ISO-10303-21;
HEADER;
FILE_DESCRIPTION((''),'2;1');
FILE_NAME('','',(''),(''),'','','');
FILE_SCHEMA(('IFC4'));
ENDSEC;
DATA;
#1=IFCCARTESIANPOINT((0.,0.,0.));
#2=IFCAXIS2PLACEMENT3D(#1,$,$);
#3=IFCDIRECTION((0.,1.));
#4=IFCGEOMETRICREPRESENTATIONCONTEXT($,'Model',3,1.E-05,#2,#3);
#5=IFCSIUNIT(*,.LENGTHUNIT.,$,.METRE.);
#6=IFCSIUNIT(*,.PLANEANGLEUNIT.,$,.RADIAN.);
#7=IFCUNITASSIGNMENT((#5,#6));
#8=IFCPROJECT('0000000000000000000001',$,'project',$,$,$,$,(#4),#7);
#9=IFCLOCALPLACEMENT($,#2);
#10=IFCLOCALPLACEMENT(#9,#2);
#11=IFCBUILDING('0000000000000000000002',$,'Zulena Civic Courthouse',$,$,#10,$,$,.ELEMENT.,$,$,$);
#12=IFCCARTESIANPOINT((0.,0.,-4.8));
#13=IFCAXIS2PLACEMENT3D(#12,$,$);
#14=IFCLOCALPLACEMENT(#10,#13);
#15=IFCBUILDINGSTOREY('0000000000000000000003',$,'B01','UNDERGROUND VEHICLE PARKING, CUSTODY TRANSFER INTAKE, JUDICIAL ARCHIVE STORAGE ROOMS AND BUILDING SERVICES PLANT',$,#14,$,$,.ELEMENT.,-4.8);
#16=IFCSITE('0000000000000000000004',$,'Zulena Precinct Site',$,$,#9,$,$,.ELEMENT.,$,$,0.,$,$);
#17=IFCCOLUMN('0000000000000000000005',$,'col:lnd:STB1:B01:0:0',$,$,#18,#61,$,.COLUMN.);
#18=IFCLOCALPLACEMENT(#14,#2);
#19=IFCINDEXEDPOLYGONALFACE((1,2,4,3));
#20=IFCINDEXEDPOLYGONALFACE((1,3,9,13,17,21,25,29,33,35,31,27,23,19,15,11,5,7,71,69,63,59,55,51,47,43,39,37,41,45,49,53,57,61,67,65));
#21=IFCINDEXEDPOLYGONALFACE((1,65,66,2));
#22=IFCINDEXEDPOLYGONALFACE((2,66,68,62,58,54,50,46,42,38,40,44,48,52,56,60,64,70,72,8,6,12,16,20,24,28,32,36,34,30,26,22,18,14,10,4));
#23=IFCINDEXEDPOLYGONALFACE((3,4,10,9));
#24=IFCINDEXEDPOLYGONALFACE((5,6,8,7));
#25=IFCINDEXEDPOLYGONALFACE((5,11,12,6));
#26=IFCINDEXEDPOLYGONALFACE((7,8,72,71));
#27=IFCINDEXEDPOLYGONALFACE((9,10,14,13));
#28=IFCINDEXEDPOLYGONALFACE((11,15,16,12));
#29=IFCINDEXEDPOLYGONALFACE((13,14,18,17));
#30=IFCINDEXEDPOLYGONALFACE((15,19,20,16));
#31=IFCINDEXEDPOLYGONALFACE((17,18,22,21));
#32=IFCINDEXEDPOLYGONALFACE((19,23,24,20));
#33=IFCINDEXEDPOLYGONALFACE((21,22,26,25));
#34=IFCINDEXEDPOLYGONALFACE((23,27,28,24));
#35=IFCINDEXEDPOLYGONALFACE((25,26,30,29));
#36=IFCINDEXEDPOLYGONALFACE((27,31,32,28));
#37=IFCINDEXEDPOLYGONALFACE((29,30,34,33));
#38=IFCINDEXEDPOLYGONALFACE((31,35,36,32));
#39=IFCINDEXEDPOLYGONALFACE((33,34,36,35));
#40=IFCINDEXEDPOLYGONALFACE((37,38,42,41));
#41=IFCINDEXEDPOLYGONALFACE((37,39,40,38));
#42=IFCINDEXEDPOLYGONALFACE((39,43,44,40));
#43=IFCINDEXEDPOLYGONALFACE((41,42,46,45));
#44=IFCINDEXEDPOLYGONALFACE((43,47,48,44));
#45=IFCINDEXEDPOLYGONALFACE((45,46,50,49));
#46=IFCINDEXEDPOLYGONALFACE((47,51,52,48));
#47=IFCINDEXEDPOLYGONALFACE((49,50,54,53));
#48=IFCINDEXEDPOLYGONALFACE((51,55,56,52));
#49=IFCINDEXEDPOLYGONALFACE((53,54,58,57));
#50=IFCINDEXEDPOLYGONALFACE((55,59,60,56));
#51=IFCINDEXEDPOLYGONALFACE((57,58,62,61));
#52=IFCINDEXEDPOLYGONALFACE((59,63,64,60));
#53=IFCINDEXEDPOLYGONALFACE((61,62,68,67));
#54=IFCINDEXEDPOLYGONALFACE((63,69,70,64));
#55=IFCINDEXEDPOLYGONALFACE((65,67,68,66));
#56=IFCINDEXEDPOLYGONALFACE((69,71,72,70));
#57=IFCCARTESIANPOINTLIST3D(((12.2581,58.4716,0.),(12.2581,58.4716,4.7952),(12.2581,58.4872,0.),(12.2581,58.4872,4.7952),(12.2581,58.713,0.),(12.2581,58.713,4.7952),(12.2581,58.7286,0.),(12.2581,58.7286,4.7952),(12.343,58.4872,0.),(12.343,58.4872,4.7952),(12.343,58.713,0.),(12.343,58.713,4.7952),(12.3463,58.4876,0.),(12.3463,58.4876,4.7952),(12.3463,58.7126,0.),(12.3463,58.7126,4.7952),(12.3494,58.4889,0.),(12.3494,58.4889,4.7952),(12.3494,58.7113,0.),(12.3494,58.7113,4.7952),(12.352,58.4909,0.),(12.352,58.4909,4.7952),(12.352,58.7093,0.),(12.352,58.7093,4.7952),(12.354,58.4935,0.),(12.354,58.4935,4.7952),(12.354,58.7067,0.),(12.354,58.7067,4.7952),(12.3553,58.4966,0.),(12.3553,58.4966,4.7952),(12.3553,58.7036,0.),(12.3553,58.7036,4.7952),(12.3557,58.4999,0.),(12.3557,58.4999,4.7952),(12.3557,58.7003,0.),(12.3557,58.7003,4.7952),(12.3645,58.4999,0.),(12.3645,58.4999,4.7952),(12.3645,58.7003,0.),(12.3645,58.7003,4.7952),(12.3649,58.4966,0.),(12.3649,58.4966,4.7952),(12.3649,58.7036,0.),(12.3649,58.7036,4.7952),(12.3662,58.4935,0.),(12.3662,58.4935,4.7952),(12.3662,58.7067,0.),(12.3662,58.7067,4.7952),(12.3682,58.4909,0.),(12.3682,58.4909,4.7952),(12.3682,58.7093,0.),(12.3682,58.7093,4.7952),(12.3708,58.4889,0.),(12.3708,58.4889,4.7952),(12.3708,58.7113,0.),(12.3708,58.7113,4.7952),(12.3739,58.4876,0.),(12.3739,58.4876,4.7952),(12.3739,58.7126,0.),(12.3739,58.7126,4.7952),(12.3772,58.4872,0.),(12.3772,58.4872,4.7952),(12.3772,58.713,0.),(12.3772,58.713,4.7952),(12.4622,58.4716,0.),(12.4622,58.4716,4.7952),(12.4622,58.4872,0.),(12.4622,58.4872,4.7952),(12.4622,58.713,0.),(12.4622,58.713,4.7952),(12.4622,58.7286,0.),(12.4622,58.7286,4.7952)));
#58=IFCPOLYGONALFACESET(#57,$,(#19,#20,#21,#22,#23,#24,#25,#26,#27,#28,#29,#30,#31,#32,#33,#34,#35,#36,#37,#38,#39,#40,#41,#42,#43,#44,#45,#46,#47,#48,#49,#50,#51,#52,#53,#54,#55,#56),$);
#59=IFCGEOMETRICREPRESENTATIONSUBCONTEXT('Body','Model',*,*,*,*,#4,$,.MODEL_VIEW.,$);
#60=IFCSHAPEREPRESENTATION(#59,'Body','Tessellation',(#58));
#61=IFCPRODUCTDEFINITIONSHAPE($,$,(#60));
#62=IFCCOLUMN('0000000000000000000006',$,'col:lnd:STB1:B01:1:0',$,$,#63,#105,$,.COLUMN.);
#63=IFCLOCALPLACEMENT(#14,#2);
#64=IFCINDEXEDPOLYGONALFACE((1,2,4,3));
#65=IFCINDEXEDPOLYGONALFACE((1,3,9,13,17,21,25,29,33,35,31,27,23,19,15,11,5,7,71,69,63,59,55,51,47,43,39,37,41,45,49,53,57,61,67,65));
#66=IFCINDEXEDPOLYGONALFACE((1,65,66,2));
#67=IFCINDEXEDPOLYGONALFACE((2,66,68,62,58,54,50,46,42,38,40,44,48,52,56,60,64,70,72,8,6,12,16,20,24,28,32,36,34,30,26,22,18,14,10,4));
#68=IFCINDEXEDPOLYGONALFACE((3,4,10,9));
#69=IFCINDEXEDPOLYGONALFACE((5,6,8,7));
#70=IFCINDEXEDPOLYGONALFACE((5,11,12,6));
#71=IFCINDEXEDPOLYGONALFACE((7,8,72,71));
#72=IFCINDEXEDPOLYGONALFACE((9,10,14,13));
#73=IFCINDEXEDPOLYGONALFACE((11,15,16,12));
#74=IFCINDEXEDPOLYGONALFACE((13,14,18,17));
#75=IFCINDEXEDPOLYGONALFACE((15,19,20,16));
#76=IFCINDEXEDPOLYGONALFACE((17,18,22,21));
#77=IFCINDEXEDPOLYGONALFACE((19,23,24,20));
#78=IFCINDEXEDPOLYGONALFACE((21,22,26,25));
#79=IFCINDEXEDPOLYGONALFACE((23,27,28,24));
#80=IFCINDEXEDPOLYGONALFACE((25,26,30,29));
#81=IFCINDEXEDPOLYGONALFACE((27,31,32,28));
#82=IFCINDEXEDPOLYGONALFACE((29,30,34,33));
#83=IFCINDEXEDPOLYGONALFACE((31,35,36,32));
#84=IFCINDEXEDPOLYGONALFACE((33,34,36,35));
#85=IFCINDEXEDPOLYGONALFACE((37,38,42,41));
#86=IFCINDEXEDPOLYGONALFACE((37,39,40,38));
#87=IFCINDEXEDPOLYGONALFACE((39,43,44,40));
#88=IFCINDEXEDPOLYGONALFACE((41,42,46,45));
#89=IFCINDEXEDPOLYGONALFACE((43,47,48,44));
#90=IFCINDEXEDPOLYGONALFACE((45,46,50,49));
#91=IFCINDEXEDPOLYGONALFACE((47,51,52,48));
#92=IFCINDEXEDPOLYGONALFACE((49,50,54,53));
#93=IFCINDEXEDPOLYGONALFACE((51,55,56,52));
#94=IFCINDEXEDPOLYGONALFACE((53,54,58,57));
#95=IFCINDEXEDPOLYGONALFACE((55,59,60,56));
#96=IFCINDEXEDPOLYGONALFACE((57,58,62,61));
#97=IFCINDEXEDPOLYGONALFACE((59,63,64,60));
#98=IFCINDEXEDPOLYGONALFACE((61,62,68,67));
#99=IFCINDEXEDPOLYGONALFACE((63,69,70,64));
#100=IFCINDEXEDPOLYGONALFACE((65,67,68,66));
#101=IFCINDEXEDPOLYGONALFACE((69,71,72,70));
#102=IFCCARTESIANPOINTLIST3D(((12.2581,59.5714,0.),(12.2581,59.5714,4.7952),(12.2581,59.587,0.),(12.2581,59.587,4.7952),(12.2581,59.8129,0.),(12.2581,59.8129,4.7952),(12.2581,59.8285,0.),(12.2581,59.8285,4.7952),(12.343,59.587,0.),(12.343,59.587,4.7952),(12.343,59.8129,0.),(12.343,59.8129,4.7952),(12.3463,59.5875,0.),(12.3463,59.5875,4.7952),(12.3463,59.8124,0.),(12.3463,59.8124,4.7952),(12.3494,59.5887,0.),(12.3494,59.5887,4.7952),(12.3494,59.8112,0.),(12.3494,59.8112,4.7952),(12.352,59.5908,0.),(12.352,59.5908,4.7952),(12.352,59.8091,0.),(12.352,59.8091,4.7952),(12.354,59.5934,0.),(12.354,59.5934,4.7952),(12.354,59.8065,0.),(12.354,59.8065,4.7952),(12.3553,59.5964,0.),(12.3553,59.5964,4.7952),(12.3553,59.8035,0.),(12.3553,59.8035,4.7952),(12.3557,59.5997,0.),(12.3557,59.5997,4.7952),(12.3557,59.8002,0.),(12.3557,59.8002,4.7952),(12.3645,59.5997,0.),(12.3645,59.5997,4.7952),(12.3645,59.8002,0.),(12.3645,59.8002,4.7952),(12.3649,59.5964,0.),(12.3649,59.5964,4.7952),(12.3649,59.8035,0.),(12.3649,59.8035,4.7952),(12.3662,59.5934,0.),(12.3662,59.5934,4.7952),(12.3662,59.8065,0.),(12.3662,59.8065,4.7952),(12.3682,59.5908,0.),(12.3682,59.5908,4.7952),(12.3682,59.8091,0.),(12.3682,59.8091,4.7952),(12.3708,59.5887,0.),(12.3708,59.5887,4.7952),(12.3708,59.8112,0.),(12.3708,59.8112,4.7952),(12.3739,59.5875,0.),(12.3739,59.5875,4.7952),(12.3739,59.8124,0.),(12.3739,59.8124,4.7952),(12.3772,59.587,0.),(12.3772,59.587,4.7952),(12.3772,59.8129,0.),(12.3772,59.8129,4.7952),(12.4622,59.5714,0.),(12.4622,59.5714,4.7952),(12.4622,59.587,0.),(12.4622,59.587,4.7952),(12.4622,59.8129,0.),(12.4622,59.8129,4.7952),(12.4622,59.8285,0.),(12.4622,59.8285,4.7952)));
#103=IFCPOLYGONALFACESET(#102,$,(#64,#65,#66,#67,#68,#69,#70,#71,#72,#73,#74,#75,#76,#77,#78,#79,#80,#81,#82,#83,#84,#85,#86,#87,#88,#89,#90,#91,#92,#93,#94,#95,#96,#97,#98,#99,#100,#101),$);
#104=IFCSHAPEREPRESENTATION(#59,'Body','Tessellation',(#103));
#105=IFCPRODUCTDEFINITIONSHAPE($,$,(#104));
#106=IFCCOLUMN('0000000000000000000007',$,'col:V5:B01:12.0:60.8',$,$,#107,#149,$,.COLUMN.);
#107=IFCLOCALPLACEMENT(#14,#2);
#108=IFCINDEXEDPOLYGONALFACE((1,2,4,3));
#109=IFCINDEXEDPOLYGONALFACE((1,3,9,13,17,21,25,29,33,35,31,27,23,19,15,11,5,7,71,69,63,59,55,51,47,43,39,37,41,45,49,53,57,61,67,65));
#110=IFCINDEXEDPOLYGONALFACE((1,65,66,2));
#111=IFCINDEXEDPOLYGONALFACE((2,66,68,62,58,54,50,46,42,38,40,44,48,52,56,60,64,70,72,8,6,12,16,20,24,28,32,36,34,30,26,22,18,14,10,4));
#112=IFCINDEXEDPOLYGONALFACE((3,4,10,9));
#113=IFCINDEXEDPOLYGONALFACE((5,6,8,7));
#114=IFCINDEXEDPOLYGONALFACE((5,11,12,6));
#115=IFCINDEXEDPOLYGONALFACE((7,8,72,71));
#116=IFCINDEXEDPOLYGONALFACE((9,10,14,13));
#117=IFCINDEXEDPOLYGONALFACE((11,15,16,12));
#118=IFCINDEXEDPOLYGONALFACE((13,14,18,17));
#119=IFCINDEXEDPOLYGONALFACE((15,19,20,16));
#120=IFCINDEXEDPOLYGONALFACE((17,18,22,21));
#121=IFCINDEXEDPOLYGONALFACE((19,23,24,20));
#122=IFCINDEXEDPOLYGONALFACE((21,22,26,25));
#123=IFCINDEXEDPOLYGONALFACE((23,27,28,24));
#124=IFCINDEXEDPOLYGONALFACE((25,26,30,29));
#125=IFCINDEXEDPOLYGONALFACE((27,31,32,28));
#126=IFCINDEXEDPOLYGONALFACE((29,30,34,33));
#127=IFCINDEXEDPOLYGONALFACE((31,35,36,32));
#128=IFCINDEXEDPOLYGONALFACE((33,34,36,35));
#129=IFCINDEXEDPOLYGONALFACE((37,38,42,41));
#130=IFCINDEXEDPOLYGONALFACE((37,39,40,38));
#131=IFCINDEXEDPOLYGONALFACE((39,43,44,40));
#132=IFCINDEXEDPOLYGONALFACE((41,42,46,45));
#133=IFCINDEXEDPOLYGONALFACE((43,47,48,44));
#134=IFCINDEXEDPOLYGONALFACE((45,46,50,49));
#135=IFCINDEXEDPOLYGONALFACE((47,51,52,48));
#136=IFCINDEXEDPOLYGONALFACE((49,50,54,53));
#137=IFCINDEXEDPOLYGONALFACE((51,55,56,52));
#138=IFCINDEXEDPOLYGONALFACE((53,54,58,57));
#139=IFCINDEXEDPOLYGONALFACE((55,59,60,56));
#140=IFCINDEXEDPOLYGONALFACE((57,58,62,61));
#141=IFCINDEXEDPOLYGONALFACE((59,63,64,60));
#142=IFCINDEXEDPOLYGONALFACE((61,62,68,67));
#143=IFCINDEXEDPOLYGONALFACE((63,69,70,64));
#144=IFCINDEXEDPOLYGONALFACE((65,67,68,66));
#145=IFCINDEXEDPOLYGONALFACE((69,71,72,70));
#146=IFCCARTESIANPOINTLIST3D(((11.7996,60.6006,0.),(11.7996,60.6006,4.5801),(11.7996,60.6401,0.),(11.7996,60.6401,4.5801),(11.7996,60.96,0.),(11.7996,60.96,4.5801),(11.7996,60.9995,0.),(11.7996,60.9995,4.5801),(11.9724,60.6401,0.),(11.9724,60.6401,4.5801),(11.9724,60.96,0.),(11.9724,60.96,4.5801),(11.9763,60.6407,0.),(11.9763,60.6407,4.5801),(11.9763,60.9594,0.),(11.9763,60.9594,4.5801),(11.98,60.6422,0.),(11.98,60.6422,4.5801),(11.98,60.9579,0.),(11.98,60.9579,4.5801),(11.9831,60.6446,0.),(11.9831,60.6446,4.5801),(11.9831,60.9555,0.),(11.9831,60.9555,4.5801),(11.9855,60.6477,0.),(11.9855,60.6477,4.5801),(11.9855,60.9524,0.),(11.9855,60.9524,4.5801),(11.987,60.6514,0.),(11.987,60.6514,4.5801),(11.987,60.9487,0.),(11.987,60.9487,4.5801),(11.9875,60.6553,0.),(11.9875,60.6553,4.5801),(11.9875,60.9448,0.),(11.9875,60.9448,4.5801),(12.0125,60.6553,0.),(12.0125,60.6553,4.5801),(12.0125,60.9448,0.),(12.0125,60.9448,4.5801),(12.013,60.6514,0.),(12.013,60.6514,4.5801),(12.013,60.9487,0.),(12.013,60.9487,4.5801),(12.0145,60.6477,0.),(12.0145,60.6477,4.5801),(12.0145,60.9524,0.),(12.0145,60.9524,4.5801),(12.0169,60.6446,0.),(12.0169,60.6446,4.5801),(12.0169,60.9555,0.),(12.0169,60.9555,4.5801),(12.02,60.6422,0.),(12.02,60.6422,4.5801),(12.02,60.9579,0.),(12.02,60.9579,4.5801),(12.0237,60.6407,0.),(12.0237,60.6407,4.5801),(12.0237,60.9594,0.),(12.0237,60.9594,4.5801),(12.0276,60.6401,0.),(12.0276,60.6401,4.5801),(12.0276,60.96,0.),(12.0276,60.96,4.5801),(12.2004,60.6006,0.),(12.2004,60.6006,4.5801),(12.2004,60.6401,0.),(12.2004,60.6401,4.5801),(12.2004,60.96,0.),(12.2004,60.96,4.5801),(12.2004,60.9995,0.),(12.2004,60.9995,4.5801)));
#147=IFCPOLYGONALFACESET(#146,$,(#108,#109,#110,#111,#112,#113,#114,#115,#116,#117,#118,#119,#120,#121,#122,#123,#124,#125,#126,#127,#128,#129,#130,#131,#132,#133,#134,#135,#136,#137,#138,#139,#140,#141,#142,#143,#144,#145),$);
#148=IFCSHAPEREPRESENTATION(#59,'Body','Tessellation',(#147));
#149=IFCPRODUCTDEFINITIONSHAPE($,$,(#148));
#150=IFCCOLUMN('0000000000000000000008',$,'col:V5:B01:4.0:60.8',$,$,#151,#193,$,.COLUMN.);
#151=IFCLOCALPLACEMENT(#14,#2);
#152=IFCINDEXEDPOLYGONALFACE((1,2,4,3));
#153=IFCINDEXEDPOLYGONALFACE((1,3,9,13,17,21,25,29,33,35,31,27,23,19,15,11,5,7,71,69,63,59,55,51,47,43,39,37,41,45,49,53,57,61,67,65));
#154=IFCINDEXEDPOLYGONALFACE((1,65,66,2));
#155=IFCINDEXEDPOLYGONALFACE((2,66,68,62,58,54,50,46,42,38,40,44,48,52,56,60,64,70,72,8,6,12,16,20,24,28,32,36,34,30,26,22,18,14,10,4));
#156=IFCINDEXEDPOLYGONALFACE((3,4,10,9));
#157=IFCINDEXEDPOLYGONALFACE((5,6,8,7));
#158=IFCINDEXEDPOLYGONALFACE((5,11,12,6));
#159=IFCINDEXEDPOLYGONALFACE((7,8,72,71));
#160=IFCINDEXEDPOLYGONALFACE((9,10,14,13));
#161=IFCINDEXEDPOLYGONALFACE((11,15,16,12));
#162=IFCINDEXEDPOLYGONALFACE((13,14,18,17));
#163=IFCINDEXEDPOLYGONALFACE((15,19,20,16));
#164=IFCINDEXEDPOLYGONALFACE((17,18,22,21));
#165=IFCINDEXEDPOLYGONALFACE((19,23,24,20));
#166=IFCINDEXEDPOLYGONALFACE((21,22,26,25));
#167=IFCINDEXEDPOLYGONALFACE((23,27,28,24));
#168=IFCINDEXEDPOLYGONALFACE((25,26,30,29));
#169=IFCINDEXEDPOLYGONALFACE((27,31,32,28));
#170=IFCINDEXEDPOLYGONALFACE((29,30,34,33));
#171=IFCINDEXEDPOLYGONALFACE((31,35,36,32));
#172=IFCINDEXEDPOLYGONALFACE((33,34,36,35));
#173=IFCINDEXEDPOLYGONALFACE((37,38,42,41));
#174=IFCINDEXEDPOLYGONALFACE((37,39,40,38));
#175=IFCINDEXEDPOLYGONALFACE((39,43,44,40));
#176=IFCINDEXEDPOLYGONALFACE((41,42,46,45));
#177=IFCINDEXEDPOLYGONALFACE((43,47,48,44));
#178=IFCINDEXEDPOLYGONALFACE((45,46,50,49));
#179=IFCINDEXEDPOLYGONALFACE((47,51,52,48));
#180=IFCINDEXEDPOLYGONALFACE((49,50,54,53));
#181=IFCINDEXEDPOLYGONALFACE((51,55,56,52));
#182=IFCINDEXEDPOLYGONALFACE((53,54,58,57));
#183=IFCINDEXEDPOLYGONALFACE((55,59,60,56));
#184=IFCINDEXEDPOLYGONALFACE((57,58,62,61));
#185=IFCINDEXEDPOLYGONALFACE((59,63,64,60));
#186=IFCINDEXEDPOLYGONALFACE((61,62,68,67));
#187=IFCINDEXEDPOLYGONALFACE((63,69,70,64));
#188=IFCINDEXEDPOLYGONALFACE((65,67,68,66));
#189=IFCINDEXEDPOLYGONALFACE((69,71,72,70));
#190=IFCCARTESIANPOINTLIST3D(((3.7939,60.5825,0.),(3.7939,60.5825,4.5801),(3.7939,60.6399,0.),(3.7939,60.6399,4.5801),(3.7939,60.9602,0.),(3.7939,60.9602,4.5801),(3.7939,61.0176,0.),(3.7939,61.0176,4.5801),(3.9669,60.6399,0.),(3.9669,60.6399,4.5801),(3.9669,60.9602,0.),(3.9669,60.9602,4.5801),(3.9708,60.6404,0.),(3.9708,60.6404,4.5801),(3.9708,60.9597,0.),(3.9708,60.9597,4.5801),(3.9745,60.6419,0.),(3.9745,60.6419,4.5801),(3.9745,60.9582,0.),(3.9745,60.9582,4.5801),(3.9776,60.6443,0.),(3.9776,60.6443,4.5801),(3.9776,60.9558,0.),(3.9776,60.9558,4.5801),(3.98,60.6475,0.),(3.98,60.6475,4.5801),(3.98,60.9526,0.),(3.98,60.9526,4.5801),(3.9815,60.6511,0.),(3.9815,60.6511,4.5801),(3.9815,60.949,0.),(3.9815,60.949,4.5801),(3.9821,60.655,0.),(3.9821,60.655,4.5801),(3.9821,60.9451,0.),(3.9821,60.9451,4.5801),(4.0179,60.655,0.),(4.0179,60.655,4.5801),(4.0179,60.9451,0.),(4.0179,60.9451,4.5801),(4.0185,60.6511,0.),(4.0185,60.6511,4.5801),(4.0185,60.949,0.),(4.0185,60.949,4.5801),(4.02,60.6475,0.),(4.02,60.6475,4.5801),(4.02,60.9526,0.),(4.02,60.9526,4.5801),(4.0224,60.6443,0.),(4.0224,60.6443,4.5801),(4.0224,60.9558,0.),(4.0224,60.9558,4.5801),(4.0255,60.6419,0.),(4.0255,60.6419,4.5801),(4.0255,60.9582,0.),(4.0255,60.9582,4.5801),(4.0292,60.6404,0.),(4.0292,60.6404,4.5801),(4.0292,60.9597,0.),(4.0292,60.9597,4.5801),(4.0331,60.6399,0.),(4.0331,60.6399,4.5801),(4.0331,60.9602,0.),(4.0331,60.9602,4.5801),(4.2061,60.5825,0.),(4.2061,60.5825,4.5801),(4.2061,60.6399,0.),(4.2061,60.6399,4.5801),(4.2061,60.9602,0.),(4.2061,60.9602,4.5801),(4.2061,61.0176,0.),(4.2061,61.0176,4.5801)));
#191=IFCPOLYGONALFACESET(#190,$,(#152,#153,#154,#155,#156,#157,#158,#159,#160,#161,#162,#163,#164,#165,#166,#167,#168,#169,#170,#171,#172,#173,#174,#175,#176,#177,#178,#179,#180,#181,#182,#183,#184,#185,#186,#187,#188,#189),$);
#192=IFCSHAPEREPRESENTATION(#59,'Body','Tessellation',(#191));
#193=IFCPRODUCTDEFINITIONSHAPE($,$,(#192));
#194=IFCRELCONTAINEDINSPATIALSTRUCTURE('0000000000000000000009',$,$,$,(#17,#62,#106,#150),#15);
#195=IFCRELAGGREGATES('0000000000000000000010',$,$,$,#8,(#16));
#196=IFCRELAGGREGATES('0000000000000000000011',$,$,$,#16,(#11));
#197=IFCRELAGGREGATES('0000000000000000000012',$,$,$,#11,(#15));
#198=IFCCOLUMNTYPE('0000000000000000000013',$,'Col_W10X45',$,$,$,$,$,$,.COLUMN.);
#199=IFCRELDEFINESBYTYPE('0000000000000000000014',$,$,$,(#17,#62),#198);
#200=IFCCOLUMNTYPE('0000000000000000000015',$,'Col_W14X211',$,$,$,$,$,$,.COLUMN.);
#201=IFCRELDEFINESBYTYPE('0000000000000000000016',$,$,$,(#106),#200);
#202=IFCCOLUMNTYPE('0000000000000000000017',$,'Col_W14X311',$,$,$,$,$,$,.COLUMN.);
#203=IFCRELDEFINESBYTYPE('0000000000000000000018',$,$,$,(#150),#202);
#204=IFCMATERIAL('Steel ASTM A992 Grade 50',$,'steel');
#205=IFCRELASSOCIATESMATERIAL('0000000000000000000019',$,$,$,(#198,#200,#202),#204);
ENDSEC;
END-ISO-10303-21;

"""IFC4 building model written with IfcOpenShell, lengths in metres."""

from ifc_helpers import new_model, si_unit, direction, frame, origin, origin_2d, place, context, subcontext, project, spatial, i_section, extrude, material, material_profile, profile_set, type_object, element, save


model = new_model("IFC4")

# Units and contexts
model_context = context("Model", 3, precision=1e-05, world=origin(), true_north=direction((0.0, 1.0)))
body_context = subcontext(model_context, "Body", "Model", "MODEL_VIEW")
ifc_project = project(units=[si_unit("LENGTHUNIT", "METRE"), si_unit("PLANEANGLEUNIT", "RADIAN")], contexts=[model_context])

# Site, building, storey
site_placement = place(None, origin())
site = spatial("IfcSite", under=ifc_project, at=site_placement, Name="Zulena Precinct Site", CompositionType="ELEMENT", RefElevation=0.0)
building_placement = place(site_placement, origin())
building = spatial("IfcBuilding", under=site, at=building_placement, Name="Zulena Civic Courthouse", CompositionType="ELEMENT")
storey_placement = place(building_placement, frame((0.0, 0.0, -4.8)))
storey = spatial("IfcBuildingStorey", under=building, at=storey_placement, Name="B01", Description="UNDERGROUND VEHICLE PARKING, CUSTODY TRANSFER INTAKE, JUDICIAL ARCHIVE STORAGE ROOMS AND BUILDING SERVICES PLANT", CompositionType="ELEMENT", Elevation=-4.8)

# Columns
ifc_material_1 = material(Name="Steel ASTM A992 Grade 50", Category="steel")
ifc_material_profile_1 = material_profile(ifc_material_1, i_section(OverallWidth=0.2041, OverallDepth=0.2571, WebThickness=0.0088, FlangeThickness=0.0156, FilletRadius=0.0127, at=origin_2d()), Name="W10X45")
ifc_profile_set_1 = profile_set([ifc_material_profile_1], Name="Steel ASTM A992 Grade 50")
column_type_1 = type_object("IfcColumnType", Name="Col_W10X45", PredefinedType="COLUMN", material=ifc_profile_set_1)
for number, where, z_axis, x_axis, name in (
    (1, (12.3601, 58.6001, 0.0), (0.0, 0.0, 1.0), (1.0, 0.0, 0.0), "col:lnd:STB1:B01:0:0"),
    (2, (12.3601, 59.7, 0.0), (0.0, 0.0, 1.0), (1.0, 0.0, 0.0), "col:lnd:STB1:B01:1:0"),
):
    element("IfcColumn", number, at=place(storey_placement, frame(where, z_axis=z_axis, x_axis=x_axis)), inside=storey, type_object=column_type_1, Name=name, PredefinedType="COLUMN", context=body_context, shape_type="SweptSolid", body=[
        extrude(i_section(OverallWidth=0.2041, OverallDepth=0.2571, WebThickness=0.0088, FlangeThickness=0.0156, FilletRadius=0.0127, at=origin_2d()), origin(), (0.0, 0.0, 1.0), 4.7952),
    ])
ifc_material_profile_2 = material_profile(ifc_material_1, i_section(OverallWidth=0.4009, OverallDepth=0.3989, WebThickness=0.0249, FlangeThickness=0.0396, FilletRadius=0.0151, at=origin_2d()), Name="W14X211")
ifc_profile_set_2 = profile_set([ifc_material_profile_2], Name="Steel ASTM A992 Grade 50")
column_type_2 = type_object("IfcColumnType", Name="Col_W14X211", PredefinedType="COLUMN", material=ifc_profile_set_2)
column_1_placement = place(storey_placement, frame((12.0, 60.8, 0.0), z_axis=(0.0, 0.0, 1.0), x_axis=(1.0, 0.0, 0.0)))
element("IfcColumn", 3, at=column_1_placement, inside=storey, type_object=column_type_2, Name="col:V5:B01:12.0:60.8", PredefinedType="COLUMN", context=body_context, shape_type="SweptSolid", body=[
    extrude(i_section(OverallWidth=0.4009, OverallDepth=0.3989, WebThickness=0.0249, FlangeThickness=0.0396, FilletRadius=0.0151, at=origin_2d()), origin(), (0.0, 0.0, 1.0), 4.5801),
])
ifc_material_profile_3 = material_profile(ifc_material_1, i_section(OverallWidth=0.4121, OverallDepth=0.4351, WebThickness=0.0359, FlangeThickness=0.0574, FilletRadius=0.0151, at=origin_2d()), Name="W14X311")
ifc_profile_set_3 = profile_set([ifc_material_profile_3], Name="Steel ASTM A992 Grade 50")
column_type_3 = type_object("IfcColumnType", Name="Col_W14X311", PredefinedType="COLUMN", material=ifc_profile_set_3)
column_2_placement = place(storey_placement, frame((4.0, 60.8, 0.0), z_axis=(0.0, 0.0, 1.0), x_axis=(1.0, 0.0, 0.0)))
element("IfcColumn", 4, at=column_2_placement, inside=storey, type_object=column_type_3, Name="col:V5:B01:4.0:60.8", PredefinedType="COLUMN", context=body_context, shape_type="SweptSolid", body=[
    extrude(i_section(OverallWidth=0.4121, OverallDepth=0.4351, WebThickness=0.0359, FlangeThickness=0.0574, FilletRadius=0.0151, at=origin_2d()), origin(), (0.0, 0.0, 1.0), 4.5801),
])

save(model, "model.ifc")
